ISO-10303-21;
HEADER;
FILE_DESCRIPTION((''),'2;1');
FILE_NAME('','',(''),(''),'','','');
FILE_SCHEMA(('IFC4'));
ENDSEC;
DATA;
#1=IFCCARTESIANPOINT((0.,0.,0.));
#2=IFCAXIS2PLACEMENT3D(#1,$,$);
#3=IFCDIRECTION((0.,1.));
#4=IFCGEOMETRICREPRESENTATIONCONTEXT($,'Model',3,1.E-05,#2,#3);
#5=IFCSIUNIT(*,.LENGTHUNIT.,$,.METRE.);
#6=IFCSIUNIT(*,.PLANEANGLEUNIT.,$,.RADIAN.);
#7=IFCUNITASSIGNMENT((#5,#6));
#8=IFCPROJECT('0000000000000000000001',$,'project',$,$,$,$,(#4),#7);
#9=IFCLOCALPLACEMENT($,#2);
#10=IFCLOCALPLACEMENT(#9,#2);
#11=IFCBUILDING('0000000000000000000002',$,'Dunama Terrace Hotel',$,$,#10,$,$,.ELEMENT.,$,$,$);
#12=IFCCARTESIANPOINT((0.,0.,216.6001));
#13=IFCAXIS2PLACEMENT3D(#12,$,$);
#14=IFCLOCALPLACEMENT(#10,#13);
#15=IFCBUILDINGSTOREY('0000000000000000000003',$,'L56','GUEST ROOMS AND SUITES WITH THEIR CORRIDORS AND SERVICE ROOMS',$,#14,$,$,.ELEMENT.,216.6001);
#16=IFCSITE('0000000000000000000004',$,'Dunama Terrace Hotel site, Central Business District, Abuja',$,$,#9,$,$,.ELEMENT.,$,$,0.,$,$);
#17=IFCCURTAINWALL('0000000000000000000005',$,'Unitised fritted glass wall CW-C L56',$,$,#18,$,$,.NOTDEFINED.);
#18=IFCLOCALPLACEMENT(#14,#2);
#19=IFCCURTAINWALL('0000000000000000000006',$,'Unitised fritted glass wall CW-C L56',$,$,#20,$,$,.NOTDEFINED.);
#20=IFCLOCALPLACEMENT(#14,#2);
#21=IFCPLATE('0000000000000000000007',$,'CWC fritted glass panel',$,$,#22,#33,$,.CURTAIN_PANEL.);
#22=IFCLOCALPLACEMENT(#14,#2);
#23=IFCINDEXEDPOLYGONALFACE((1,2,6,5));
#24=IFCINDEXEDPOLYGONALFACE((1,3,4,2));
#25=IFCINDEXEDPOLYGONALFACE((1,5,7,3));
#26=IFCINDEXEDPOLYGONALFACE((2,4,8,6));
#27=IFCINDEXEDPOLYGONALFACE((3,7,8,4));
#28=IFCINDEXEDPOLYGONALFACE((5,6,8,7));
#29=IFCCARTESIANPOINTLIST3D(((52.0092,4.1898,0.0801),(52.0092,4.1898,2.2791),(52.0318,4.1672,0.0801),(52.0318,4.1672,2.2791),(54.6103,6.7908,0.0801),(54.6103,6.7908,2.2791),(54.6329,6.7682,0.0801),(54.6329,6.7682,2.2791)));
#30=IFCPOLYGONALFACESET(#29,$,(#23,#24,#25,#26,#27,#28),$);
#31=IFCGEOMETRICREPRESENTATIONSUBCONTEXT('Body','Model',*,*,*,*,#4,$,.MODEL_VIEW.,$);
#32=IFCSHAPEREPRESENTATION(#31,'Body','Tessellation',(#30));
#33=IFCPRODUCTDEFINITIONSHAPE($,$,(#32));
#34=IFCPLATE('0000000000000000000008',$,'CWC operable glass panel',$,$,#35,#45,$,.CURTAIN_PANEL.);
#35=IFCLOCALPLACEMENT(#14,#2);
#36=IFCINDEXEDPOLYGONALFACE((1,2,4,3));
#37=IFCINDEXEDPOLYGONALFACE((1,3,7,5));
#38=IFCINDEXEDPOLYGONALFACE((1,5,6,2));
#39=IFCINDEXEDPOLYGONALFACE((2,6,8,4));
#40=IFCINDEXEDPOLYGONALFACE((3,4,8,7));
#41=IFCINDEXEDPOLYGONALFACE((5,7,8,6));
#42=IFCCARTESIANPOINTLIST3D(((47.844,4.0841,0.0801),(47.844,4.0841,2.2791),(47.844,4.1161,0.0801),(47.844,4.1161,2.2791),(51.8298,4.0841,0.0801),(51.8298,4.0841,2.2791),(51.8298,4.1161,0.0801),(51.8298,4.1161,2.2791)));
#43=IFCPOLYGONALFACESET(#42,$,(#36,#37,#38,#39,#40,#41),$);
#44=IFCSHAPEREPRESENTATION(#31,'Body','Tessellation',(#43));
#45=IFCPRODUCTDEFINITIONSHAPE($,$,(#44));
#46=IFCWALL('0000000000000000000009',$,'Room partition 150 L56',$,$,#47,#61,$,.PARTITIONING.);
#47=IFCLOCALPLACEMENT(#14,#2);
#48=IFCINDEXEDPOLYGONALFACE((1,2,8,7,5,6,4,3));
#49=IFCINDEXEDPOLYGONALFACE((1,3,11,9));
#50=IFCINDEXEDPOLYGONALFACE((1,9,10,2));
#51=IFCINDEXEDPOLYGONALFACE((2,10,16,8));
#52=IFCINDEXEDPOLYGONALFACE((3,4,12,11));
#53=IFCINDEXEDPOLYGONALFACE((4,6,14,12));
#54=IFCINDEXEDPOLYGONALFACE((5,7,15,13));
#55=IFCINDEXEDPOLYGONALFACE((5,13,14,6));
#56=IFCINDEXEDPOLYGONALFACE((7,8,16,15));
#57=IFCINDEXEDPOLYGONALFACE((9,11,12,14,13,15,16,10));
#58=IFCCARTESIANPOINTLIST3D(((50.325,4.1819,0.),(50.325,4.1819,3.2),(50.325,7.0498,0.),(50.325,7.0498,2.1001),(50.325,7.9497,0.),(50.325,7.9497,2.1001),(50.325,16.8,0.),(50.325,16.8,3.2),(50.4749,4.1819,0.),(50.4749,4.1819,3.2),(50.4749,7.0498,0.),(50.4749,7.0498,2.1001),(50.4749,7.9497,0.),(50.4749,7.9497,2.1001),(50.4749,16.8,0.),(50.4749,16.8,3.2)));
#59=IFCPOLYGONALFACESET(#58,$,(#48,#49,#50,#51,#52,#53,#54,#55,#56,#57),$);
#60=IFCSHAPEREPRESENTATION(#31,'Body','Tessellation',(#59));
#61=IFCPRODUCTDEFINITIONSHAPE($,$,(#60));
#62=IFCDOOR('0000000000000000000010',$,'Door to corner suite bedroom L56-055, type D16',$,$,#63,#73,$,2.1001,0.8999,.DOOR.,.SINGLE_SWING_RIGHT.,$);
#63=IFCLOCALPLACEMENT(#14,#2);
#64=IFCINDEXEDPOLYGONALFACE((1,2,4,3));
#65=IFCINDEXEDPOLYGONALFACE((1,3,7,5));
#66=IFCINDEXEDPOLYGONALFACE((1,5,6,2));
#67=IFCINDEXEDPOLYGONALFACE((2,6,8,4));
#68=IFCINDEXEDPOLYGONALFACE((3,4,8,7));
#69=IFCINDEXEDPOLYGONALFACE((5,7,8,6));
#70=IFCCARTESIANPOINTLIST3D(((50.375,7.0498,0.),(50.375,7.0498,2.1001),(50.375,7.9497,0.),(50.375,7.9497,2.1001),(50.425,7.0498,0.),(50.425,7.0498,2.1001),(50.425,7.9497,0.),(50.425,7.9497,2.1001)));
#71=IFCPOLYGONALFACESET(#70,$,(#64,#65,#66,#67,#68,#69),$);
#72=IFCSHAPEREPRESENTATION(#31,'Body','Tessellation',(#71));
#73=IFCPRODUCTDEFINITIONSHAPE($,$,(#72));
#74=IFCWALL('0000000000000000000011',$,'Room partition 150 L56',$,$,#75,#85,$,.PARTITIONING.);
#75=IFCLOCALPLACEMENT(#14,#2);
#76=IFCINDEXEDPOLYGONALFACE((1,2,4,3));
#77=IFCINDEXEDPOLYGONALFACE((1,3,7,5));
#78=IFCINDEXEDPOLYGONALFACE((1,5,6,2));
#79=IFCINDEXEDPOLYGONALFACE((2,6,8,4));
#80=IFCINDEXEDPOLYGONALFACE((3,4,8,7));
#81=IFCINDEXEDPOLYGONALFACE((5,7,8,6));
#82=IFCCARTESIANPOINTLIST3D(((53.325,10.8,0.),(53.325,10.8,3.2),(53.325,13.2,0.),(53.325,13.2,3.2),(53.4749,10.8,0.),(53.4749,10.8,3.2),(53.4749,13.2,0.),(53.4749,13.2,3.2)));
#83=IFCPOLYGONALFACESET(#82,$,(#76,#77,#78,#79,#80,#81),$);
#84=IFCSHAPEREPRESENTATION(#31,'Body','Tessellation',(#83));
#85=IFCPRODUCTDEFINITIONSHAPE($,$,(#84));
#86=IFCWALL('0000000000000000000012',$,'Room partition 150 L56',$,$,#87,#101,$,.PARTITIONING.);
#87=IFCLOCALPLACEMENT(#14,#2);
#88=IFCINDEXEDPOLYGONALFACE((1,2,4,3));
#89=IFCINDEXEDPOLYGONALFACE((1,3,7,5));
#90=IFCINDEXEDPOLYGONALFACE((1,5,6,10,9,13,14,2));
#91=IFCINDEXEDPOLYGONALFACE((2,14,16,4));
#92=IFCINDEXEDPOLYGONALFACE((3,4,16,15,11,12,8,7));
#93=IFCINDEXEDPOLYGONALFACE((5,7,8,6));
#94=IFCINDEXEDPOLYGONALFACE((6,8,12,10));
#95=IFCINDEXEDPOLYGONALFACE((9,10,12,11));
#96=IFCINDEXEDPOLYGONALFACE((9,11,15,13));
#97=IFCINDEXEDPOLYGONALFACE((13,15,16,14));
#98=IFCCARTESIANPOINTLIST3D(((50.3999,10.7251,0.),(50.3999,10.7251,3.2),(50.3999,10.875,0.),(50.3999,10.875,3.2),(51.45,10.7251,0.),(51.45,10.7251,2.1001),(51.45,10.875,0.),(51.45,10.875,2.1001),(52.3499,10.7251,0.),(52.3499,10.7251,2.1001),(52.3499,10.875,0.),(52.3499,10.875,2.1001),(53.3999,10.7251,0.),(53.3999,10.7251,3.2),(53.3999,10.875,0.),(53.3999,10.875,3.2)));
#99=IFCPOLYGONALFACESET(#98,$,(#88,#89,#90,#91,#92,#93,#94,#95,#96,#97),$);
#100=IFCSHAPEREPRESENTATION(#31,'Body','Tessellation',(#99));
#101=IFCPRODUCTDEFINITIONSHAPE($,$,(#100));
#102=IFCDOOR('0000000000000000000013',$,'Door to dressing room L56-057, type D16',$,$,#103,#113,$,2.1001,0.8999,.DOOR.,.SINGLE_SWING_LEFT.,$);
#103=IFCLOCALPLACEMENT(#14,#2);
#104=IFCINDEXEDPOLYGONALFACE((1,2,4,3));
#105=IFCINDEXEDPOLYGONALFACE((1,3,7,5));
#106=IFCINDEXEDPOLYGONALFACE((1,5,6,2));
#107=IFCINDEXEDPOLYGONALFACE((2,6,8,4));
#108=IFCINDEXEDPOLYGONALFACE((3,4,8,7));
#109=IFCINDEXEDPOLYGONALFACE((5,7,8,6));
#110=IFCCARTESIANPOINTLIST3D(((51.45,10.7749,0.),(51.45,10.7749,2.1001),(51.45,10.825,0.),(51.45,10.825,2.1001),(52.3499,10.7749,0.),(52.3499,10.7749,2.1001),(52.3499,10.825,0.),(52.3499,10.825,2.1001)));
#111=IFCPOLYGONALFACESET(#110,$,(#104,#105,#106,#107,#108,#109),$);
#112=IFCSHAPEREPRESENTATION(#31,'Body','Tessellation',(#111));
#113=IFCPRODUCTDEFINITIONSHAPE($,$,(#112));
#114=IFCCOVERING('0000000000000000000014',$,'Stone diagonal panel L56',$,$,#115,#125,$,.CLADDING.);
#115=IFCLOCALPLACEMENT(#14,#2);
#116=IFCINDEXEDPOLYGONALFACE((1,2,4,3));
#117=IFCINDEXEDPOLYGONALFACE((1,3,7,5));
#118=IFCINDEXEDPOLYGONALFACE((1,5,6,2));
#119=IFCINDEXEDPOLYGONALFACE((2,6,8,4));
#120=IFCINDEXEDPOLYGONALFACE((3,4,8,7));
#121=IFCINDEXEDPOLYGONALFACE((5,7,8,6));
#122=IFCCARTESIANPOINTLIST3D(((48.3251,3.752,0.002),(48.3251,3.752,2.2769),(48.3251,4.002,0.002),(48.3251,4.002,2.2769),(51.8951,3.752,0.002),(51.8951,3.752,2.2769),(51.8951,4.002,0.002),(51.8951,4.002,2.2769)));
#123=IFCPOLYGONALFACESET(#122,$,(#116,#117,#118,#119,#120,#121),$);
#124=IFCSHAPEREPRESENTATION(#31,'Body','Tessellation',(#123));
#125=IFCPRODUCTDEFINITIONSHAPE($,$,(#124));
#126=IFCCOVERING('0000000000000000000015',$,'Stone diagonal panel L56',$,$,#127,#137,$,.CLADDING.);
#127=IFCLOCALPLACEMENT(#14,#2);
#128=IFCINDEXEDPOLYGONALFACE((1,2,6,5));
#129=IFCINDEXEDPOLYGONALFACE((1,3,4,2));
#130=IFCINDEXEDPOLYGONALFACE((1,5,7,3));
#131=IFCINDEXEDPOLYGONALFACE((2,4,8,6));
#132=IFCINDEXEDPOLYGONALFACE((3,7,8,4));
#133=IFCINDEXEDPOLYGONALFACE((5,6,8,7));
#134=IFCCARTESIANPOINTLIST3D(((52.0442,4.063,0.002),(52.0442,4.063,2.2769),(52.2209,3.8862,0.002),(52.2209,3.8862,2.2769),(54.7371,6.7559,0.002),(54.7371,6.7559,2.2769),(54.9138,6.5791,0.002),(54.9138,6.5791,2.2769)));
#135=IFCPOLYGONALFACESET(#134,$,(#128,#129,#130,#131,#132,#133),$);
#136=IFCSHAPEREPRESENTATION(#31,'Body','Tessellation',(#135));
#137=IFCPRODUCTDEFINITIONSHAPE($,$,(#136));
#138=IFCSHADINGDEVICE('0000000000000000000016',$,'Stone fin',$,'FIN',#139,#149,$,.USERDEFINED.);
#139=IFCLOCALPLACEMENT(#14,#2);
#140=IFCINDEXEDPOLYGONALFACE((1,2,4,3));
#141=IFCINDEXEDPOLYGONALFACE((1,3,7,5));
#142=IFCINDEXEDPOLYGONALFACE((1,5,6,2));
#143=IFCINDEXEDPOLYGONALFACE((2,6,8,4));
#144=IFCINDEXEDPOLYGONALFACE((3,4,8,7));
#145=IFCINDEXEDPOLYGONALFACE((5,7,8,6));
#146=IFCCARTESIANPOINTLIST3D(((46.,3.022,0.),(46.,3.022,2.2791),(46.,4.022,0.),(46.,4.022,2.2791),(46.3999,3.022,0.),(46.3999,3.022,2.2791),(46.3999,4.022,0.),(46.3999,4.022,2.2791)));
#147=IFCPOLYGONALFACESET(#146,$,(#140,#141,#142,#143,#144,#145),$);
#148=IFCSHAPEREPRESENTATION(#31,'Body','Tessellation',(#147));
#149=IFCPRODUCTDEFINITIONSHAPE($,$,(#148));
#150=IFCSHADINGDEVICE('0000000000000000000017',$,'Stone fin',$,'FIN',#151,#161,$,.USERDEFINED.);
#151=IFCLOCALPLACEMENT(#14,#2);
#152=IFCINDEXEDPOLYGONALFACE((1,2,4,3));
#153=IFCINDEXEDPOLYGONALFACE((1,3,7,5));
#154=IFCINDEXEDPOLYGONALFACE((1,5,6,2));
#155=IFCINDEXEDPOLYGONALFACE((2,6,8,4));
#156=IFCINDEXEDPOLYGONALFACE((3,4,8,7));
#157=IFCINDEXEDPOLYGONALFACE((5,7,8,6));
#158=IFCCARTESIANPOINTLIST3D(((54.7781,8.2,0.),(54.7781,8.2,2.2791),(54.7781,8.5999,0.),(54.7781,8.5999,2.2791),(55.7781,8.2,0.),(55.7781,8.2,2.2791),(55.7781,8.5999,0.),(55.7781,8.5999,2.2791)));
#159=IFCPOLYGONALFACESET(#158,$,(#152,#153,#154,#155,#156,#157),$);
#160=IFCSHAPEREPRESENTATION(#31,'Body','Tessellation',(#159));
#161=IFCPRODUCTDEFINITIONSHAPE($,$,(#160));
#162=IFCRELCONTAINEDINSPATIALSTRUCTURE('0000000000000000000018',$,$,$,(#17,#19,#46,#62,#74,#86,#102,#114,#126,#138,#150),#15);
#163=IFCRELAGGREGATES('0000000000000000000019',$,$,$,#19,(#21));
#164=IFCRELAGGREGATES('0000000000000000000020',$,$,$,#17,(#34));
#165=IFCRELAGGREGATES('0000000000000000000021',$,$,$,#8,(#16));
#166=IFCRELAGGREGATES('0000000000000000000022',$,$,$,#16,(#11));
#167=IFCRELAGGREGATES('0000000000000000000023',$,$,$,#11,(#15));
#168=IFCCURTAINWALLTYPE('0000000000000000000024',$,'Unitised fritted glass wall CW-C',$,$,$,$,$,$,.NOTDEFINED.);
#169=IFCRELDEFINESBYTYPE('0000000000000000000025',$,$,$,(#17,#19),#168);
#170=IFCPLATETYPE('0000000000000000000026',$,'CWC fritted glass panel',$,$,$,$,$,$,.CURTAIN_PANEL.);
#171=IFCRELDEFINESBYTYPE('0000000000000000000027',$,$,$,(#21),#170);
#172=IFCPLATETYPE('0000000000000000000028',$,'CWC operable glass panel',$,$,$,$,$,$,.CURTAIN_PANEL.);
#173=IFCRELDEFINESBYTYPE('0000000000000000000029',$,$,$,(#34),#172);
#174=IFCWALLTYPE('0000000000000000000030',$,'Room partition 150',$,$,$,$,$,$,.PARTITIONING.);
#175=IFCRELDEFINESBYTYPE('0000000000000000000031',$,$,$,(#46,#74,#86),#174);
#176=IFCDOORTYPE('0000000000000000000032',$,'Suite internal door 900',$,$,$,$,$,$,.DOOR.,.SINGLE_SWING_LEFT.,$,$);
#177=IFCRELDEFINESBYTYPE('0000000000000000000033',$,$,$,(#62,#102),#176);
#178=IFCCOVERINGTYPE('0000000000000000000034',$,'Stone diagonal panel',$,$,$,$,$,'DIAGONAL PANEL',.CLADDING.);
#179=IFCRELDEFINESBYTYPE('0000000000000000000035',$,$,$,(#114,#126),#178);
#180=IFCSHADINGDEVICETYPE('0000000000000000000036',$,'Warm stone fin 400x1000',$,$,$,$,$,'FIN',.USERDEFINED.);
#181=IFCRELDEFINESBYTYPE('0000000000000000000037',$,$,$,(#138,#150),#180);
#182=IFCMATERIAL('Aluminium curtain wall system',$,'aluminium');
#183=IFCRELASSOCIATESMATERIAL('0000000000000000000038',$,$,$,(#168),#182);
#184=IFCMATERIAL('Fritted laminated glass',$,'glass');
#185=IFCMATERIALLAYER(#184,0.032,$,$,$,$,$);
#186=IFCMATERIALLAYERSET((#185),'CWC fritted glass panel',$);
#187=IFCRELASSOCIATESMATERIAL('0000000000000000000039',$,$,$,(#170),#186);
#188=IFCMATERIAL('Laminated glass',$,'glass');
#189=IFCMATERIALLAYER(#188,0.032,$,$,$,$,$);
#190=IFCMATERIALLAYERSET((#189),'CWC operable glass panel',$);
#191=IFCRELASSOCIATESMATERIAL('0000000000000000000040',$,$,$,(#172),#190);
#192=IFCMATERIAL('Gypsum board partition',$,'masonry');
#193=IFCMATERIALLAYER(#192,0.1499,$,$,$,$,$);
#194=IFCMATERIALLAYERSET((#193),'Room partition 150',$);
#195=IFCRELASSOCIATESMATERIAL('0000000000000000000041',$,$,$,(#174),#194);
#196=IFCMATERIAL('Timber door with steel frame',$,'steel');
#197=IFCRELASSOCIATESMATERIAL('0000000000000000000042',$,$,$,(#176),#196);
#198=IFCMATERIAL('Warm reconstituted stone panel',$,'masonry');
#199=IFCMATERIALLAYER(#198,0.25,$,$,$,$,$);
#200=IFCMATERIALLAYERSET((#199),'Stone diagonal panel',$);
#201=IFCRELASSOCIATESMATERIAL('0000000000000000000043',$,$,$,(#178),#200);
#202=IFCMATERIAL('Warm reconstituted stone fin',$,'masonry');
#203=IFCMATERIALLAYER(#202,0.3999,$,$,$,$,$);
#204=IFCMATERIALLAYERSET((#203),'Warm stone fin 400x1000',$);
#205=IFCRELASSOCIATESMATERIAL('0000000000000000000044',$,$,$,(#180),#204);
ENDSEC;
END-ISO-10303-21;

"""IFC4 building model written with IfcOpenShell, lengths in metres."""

from ifc_helpers import new_model, si_unit, direction, frame, frame_2d, origin, origin_2d, place, context, subcontext, project, spatial, rectangle, extrude, material, layer, layer_set, type_object, element, fill, aggregate, save


model = new_model("IFC4")

# Units and contexts
model_context = context("Model", 3, precision=1e-05, world=origin(), true_north=direction((0.0, 1.0)))
body_context = subcontext(model_context, "Body", "Model", "MODEL_VIEW")
ifc_project = project(units=[si_unit("LENGTHUNIT", "METRE"), si_unit("PLANEANGLEUNIT", "RADIAN")], contexts=[model_context])

# Site, building, storey
site_placement = place(None, origin())
site = spatial("IfcSite", under=ifc_project, at=site_placement, Name="Dunama Terrace Hotel site, Central Business District, Abuja", CompositionType="ELEMENT", RefElevation=0.0)
building_placement = place(site_placement, origin())
building = spatial("IfcBuilding", under=site, at=building_placement, Name="Dunama Terrace Hotel", CompositionType="ELEMENT")
storey_placement = place(building_placement, frame((0.0, 0.0, 216.6001)))
storey = spatial("IfcBuildingStorey", under=building, at=storey_placement, Name="L56", Description="GUEST ROOMS AND SUITES WITH THEIR CORRIDORS AND SERVICE ROOMS", CompositionType="ELEMENT", Elevation=216.6001)

# Curtain walls
ifc_material_1 = material(Name="Aluminium curtain wall system", Category="aluminium")
curtain_wall_type = type_object("IfcCurtainWallType", Name="Unitised fritted glass wall CW-C", PredefinedType="NOTDEFINED", material=ifc_material_1)
curtain_wall_1_placement = place(storey_placement, origin())
curtain_wall_1 = element("IfcCurtainWall", 1, at=curtain_wall_1_placement, inside=storey, type_object=curtain_wall_type, Name="Unitised fritted glass wall CW-C L56", PredefinedType="NOTDEFINED")
curtain_wall_2_placement = place(storey_placement, origin())
curtain_wall_2 = element("IfcCurtainWall", 2, at=curtain_wall_2_placement, inside=storey, type_object=curtain_wall_type, Name="Unitised fritted glass wall CW-C L56", PredefinedType="NOTDEFINED")

# Plates
ifc_material_2 = material(Name="Fritted laminated glass", Category="glass")
ifc_layer_1 = layer(ifc_material_2, 0.032)
ifc_layer_set_1 = layer_set([ifc_layer_1], Name="CWC fritted glass panel")
plate_type_1 = type_object("IfcPlateType", Name="CWC fritted glass panel", PredefinedType="CURTAIN_PANEL", material=ifc_layer_set_1)
plate_1_placement = place(storey_placement, frame((53.321, 5.479, 0.0801), z_axis=(0.0, 0.0, 1.0), x_axis=(0.707107, 0.707107, 0.0)))
plate_1 = element("IfcPlate", 3, at=plate_1_placement, type_object=plate_type_1, Name="CWC fritted glass panel", PredefinedType="CURTAIN_PANEL", context=body_context, shape_type="SweptSolid", body=[
    extrude(rectangle(XDim=3.6785, YDim=0.032, at=origin_2d()), origin(), (0.0, 0.0, 1.0), 2.199),
])
aggregate(curtain_wall_2, [plate_1])
ifc_material_3 = material(Name="Laminated glass", Category="glass")
ifc_layer_2 = layer(ifc_material_3, 0.032)
ifc_layer_set_2 = layer_set([ifc_layer_2], Name="CWC operable glass panel")
plate_type_2 = type_object("IfcPlateType", Name="CWC operable glass panel", PredefinedType="CURTAIN_PANEL", material=ifc_layer_set_2)
plate_2_placement = place(storey_placement, frame((49.8369, 4.1001, 0.0801), z_axis=(0.0, 0.0, 1.0), x_axis=(1.0, 0.0, 0.0)))
plate_2 = element("IfcPlate", 4, at=plate_2_placement, type_object=plate_type_2, Name="CWC operable glass panel", PredefinedType="CURTAIN_PANEL", context=body_context, shape_type="SweptSolid", body=[
    extrude(rectangle(XDim=3.9858, YDim=0.032, at=origin_2d()), origin(), (0.0, 0.0, 1.0), 2.199),
])
aggregate(curtain_wall_1, [plate_2])

# Wall, opening, door
ifc_material_4 = material(Name="Gypsum board partition", Category="masonry")
ifc_layer_3 = layer(ifc_material_4, 0.1499)
ifc_layer_set_3 = layer_set([ifc_layer_3], Name="Room partition 150")
wall_type = type_object("IfcWallType", Name="Room partition 150", PredefinedType="PARTITIONING", material=ifc_layer_set_3)
wall_1_placement = place(storey_placement, frame((50.3999, 4.1819, 0.0), z_axis=(0.0, 0.0, 1.0), x_axis=(0.0, 1.0, 0.0)))
wall_1 = element("IfcWall", 5, at=wall_1_placement, inside=storey, type_object=wall_type, Name="Room partition 150 L56", PredefinedType="PARTITIONING", context=body_context, shape_type="SweptSolid", body=[
    extrude(rectangle(XDim=12.6182, YDim=0.1499, at=frame_2d((6.3091, 0.0))), origin(), (0.0, 0.0, 1.0), 3.2),
])
opening_1_placement = place(wall_1_placement, frame((2.8679, 0.0, 0.0)))
opening_1 = element("IfcOpeningElement", 6, at=opening_1_placement, cuts=wall_1, PredefinedType="OPENING", context=body_context, shape_type="SweptSolid", body=[
    extrude(rectangle(XDim=0.8999, YDim=2.1001, at=frame_2d((0.45, 1.05))), frame((0.0, 0.085, 0.0), z_axis=(0.0, -1.0, 0.0), x_axis=(1.0, 0.0, 0.0)), (0.0, 0.0, 1.0), 0.1699),
])
ifc_material_5 = material(Name="Timber door with steel frame", Category="steel")
door_type = type_object("IfcDoorType", Name="Suite internal door 900", OperationType="SINGLE_SWING_LEFT", PredefinedType="DOOR", material=ifc_material_5)
door_1_placement = place(opening_1_placement, frame((0.8999, 0.0, 0.0), z_axis=(0.0, 0.0, 1.0), x_axis=(-1.0, 0.0, 0.0)))
door_1 = element("IfcDoor", 7, at=door_1_placement, inside=storey, type_object=door_type, Name="Door to corner suite bedroom L56-055, type D16", OperationType="SINGLE_SWING_RIGHT", OverallHeight=2.1001, OverallWidth=0.8999, PredefinedType="DOOR", context=body_context, shape_type="SweptSolid", body=[
    extrude(rectangle(XDim=0.8999, YDim=2.1001, at=frame_2d((0.45, 1.05))), frame((0.0, 0.0251, 0.0), z_axis=(0.0, -1.0, 0.0), x_axis=(1.0, 0.0, 0.0)), (0.0, 0.0, 1.0), 0.05),
])
fill(opening_1, door_1)

# Wall
wall_2_placement = place(storey_placement, frame((53.3999, 10.8, 0.0), z_axis=(0.0, 0.0, 1.0), x_axis=(0.0, 1.0, 0.0)))
element("IfcWall", 8, at=wall_2_placement, inside=storey, type_object=wall_type, Name="Room partition 150 L56", PredefinedType="PARTITIONING", context=body_context, shape_type="SweptSolid", body=[
    extrude(rectangle(XDim=2.3999, YDim=0.1499, at=frame_2d((1.2, 0.0))), origin(), (0.0, 0.0, 1.0), 3.2),
])

# Wall, opening, door
wall_3_placement = place(storey_placement, frame((50.3999, 10.8, 0.0), z_axis=(0.0, 0.0, 1.0), x_axis=(1.0, 0.0, 0.0)))
wall_3 = element("IfcWall", 9, at=wall_3_placement, inside=storey, type_object=wall_type, Name="Room partition 150 L56", PredefinedType="PARTITIONING", context=body_context, shape_type="SweptSolid", body=[
    extrude(rectangle(XDim=3.0, YDim=0.1499, at=frame_2d((1.5, 0.0))), origin(), (0.0, 0.0, 1.0), 3.2),
])
opening_2_placement = place(wall_3_placement, frame((1.05, 0.0, 0.0)))
opening_2 = element("IfcOpeningElement", 10, at=opening_2_placement, cuts=wall_3, PredefinedType="OPENING", context=body_context, shape_type="SweptSolid", body=[
    extrude(rectangle(XDim=0.8999, YDim=2.1001, at=frame_2d((0.45, 1.05))), frame((0.0, 0.085, 0.0), z_axis=(0.0, -1.0, 0.0), x_axis=(1.0, 0.0, 0.0)), (0.0, 0.0, 1.0), 0.1699),
])
door_2_placement = place(opening_2_placement, origin())
door_2 = element("IfcDoor", 11, at=door_2_placement, inside=storey, type_object=door_type, Name="Door to dressing room L56-057, type D16", OperationType="SINGLE_SWING_LEFT", OverallHeight=2.1001, OverallWidth=0.8999, PredefinedType="DOOR", context=body_context, shape_type="SweptSolid", body=[
    extrude(rectangle(XDim=0.8999, YDim=2.1001, at=frame_2d((0.45, 1.05))), frame((0.0, 0.0249, 0.0), z_axis=(0.0, -1.0, 0.0), x_axis=(1.0, 0.0, 0.0)), (0.0, 0.0, 1.0), 0.05),
])
fill(opening_2, door_2)

# Coverings
ifc_material_6 = material(Name="Warm reconstituted stone panel", Category="masonry")
ifc_layer_4 = layer(ifc_material_6, 0.25)
ifc_layer_set_4 = layer_set([ifc_layer_4], Name="Stone diagonal panel")
covering_type = type_object("IfcCoveringType", Name="Stone diagonal panel", ElementType="DIAGONAL PANEL", PredefinedType="CLADDING", material=ifc_layer_set_4)
covering_1_placement = place(storey_placement, frame((50.1101, 3.877, 0.002), z_axis=(0.0, 0.0, 1.0), x_axis=(1.0, 0.0, 0.0)))
element("IfcCovering", 12, at=covering_1_placement, inside=storey, type_object=covering_type, Name="Stone diagonal panel L56", PredefinedType="CLADDING", context=body_context, shape_type="SweptSolid", body=[
    extrude(rectangle(XDim=3.5701, YDim=0.25, at=origin_2d()), origin(), (0.0, 0.0, 1.0), 2.2749),
])
covering_2_placement = place(storey_placement, frame((53.479, 5.321, 0.002), z_axis=(0.0, 0.0, 1.0), x_axis=(0.707107, 0.707107, 0.0)))
element("IfcCovering", 13, at=covering_2_placement, inside=storey, type_object=covering_type, Name="Stone diagonal panel L56", PredefinedType="CLADDING", context=body_context, shape_type="SweptSolid", body=[
    extrude(rectangle(XDim=3.8083, YDim=0.25, at=origin_2d()), origin(), (0.0, 0.0, 1.0), 2.2749),
])

# Shading devices
ifc_material_7 = material(Name="Warm reconstituted stone fin", Category="masonry")
ifc_layer_5 = layer(ifc_material_7, 0.3999)
ifc_layer_set_5 = layer_set([ifc_layer_5], Name="Warm stone fin 400x1000")
shading_device_type = type_object("IfcShadingDeviceType", Name="Warm stone fin 400x1000", ElementType="FIN", PredefinedType="USERDEFINED", material=ifc_layer_set_5)
for number, where, z_axis, x_axis, name in (
    (14, (46.2, 3.522, 0.0), (0.0, 0.0, 1.0), (1.0, 0.0, 0.0), "Stone fin"),
    (15, (55.2781, 8.3999, 0.0), (0.0, 0.0, 1.0), (0.0, 1.0, 0.0), "Stone fin"),
):
    element("IfcShadingDevice", number, at=place(storey_placement, frame(where, z_axis=z_axis, x_axis=x_axis)), inside=storey, type_object=shading_device_type, Name=name, ObjectType="FIN", PredefinedType="USERDEFINED", context=body_context, shape_type="SweptSolid", body=[
        extrude(rectangle(XDim=0.3999, YDim=1.0, at=origin_2d()), origin(), (0.0, 0.0, 1.0), 2.2791),
    ])

save(model, "model.ifc")
